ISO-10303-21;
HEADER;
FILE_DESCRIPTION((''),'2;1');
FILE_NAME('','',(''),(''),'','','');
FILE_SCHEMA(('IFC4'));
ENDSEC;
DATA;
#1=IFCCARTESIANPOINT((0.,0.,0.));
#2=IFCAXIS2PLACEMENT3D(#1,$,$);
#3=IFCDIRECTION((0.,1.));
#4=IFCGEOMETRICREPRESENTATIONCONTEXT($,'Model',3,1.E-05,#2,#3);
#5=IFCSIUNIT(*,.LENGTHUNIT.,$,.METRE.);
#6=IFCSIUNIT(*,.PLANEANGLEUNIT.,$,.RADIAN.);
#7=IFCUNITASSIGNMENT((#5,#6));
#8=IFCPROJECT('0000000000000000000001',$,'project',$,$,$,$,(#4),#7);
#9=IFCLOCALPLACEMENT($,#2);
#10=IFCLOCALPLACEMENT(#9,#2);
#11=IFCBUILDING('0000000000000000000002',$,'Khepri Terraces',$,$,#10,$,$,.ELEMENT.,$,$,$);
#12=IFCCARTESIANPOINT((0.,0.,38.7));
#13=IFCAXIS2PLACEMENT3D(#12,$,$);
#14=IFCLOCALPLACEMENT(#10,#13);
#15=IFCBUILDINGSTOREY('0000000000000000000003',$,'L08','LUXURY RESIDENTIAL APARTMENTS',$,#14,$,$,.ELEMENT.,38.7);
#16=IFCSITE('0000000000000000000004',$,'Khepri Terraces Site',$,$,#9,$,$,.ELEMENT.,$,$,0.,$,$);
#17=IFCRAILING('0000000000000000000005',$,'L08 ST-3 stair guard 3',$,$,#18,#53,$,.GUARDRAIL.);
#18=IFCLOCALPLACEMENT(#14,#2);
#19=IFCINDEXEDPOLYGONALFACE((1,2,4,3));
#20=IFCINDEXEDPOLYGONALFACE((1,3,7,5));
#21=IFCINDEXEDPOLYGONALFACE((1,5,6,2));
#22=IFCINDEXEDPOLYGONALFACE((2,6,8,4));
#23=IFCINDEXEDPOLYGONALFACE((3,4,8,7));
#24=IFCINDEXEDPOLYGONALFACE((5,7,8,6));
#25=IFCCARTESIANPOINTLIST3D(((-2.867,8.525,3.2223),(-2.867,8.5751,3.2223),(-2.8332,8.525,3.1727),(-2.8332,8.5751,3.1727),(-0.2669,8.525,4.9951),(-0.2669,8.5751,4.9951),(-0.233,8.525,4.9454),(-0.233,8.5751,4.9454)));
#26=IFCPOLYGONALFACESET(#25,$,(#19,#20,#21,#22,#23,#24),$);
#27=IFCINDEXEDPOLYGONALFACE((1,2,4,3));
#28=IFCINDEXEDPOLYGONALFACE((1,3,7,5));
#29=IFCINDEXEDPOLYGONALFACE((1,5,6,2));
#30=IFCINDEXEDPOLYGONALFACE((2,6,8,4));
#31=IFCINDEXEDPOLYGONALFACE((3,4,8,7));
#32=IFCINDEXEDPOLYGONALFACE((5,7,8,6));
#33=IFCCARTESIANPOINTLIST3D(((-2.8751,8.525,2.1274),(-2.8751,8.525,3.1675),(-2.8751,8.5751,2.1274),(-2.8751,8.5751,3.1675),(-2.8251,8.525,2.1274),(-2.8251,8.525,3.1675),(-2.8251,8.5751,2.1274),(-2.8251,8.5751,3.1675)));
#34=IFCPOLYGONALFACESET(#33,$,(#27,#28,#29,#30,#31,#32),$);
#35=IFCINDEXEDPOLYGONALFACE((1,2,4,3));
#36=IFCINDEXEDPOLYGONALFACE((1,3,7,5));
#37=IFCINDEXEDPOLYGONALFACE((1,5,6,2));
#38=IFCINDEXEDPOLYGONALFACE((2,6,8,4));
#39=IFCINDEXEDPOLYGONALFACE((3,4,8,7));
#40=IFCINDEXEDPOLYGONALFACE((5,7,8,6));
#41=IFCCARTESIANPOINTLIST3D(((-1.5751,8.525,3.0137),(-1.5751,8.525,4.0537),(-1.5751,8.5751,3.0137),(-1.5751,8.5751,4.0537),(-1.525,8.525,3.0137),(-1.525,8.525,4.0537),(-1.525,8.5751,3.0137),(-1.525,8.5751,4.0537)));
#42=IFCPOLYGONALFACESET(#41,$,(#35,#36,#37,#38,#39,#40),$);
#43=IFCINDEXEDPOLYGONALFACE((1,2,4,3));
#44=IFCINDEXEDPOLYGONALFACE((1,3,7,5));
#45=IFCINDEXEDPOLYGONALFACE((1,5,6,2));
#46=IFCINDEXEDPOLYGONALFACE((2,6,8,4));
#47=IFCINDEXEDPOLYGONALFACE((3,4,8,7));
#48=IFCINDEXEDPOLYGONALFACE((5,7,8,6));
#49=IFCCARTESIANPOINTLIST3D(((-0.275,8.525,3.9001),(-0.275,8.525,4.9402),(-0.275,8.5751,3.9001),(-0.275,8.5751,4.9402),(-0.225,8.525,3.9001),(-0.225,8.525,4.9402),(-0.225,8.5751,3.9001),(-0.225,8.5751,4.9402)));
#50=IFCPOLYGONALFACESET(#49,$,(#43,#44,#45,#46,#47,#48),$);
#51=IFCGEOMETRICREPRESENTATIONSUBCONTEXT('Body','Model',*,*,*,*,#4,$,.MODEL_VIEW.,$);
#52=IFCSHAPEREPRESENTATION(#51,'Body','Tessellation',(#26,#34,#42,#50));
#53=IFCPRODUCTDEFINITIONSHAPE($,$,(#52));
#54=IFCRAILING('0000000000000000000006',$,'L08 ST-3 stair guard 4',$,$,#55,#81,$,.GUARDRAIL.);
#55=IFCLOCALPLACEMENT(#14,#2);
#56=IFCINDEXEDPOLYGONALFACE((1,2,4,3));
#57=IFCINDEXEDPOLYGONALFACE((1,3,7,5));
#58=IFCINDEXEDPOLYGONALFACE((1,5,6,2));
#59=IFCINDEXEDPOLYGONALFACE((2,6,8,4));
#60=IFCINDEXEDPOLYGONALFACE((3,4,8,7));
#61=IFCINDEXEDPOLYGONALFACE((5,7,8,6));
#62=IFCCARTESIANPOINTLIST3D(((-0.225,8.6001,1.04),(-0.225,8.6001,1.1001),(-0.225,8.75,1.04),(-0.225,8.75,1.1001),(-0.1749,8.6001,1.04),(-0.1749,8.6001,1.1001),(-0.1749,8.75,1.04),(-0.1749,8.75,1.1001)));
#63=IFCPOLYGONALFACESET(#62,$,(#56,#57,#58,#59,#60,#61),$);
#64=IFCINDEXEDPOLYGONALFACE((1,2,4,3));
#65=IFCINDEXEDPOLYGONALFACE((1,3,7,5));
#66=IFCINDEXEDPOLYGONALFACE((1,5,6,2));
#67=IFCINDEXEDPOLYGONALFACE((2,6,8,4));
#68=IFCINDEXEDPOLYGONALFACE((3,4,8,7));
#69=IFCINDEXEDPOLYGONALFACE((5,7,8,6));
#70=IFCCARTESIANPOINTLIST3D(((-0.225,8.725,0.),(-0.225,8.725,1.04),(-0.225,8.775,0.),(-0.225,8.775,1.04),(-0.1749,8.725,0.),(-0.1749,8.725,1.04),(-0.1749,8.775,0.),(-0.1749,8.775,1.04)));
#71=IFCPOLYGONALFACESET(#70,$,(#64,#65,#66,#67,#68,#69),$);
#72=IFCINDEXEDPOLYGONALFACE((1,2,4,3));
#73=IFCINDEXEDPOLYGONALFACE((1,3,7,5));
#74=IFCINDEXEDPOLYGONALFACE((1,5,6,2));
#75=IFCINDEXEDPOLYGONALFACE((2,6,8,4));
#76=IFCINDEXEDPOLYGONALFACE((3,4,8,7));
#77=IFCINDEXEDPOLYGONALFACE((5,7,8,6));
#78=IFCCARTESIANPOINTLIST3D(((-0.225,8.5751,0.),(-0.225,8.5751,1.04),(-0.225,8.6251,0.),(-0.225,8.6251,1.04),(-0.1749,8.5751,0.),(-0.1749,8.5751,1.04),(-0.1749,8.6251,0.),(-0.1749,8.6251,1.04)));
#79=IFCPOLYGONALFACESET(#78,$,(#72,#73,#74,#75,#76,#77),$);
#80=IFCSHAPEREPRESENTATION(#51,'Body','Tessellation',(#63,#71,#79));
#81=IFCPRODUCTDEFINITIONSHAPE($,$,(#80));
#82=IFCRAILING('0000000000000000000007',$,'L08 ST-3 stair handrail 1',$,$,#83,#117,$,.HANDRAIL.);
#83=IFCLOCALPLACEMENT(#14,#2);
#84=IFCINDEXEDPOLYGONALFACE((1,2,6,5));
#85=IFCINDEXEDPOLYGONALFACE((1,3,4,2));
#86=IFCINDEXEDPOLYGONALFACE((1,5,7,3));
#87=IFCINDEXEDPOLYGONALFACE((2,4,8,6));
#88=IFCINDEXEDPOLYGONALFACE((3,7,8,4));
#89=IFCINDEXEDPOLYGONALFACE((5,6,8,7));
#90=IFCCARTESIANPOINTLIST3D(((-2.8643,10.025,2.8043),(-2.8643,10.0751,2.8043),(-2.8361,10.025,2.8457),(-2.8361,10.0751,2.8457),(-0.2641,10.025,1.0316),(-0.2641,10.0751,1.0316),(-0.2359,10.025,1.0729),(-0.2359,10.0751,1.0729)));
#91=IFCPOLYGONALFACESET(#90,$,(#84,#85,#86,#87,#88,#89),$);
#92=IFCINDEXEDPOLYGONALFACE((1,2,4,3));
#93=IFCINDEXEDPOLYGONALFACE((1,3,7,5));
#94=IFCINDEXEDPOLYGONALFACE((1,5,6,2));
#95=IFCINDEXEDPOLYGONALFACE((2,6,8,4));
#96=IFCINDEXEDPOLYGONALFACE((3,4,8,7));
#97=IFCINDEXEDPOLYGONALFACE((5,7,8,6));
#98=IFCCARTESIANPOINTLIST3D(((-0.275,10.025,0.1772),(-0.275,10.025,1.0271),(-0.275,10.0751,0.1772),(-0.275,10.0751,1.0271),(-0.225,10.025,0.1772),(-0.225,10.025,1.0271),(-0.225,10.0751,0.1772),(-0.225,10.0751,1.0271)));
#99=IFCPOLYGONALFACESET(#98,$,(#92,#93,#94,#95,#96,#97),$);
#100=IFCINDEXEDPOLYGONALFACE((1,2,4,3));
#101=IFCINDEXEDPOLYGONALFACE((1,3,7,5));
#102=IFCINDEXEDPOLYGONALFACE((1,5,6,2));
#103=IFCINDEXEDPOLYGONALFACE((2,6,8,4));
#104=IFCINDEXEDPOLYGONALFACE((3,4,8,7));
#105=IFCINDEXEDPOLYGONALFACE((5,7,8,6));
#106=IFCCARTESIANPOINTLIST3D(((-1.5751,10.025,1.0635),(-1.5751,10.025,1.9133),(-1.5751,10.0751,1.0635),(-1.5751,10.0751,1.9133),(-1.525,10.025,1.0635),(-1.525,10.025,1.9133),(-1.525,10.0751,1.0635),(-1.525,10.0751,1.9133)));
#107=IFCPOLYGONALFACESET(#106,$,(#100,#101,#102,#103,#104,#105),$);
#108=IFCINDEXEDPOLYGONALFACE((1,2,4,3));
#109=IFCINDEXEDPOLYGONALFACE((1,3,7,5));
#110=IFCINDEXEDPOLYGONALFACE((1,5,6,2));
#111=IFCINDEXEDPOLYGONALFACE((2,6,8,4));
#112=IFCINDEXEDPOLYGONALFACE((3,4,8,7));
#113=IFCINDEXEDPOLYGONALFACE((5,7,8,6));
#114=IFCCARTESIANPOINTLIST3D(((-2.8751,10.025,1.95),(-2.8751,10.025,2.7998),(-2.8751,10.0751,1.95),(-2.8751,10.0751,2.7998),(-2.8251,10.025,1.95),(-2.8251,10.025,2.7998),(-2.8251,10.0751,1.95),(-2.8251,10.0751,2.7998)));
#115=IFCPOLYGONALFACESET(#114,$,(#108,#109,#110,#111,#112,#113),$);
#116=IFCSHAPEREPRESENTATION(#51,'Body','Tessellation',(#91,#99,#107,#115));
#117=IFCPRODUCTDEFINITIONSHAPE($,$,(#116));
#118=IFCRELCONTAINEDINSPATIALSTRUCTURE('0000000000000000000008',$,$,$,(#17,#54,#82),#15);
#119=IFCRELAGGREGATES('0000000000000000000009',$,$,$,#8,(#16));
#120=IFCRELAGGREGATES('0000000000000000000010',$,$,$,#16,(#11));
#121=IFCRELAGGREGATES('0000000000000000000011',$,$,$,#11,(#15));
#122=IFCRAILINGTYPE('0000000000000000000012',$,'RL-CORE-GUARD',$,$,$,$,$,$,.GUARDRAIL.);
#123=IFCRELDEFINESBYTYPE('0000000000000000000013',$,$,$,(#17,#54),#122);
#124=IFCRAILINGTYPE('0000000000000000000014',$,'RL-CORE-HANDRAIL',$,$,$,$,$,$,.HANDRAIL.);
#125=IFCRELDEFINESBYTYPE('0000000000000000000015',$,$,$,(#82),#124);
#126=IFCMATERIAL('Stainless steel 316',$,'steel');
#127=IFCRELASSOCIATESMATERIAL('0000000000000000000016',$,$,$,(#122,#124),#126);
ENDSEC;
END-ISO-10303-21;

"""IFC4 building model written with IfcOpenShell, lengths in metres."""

from ifc_helpers import new_model, si_unit, direction, frame, origin, origin_2d, place, context, subcontext, project, spatial, rectangle, extrude, material, type_object, element, save


model = new_model("IFC4")

# Units and contexts
model_context = context("Model", 3, precision=1e-05, world=origin(), true_north=direction((0.0, 1.0)))
body_context = subcontext(model_context, "Body", "Model", "MODEL_VIEW")
ifc_project = project(units=[si_unit("LENGTHUNIT", "METRE"), si_unit("PLANEANGLEUNIT", "RADIAN")], contexts=[model_context])

# Site, building, storey
site_placement = place(None, origin())
site = spatial("IfcSite", under=ifc_project, at=site_placement, Name="Khepri Terraces Site", CompositionType="ELEMENT", RefElevation=0.0)
building_placement = place(site_placement, origin())
building = spatial("IfcBuilding", under=site, at=building_placement, Name="Khepri Terraces", CompositionType="ELEMENT")
storey_placement = place(building_placement, frame((0.0, 0.0, 38.7)))
storey = spatial("IfcBuildingStorey", under=building, at=storey_placement, Name="L08", Description="LUXURY RESIDENTIAL APARTMENTS", CompositionType="ELEMENT", Elevation=38.7)

# Railings
ifc_material_1 = material(Name="Stainless steel 316", Category="steel")
railing_type_1 = type_object("IfcRailingType", Name="RL-CORE-GUARD", PredefinedType="GUARDRAIL", material=ifc_material_1)
railing_1_placement = place(storey_placement, frame((-2.8501, 8.55, 2.1274)))
element("IfcRailing", 1, at=railing_1_placement, inside=storey, type_object=railing_type_1, Name="L08 ST-3 stair guard 3", PredefinedType="GUARDRAIL", context=body_context, shape_type="SweptSolid", body=[
    extrude(rectangle(XDim=0.05, YDim=0.0601, at=origin_2d()), frame((0.0, 0.0, 1.0701), z_axis=(0.82624, 0.0, 0.563318), x_axis=(0.0, 1.0, 0.0)), (0.0, 0.0, 1.0), 3.147),
    extrude(rectangle(XDim=0.05, YDim=0.05, at=origin_2d()), origin(), (0.0, 0.0, 1.0), 1.04),
    extrude(rectangle(XDim=0.05, YDim=0.05, at=origin_2d()), frame((1.3, 0.0, 0.8862)), (0.0, 0.0, 1.0), 1.04),
    extrude(rectangle(XDim=0.05, YDim=0.05, at=origin_2d()), frame((2.6001, 0.0, 1.7727)), (0.0, 0.0, 1.0), 1.04),
])
railing_2_placement = place(storey_placement, frame((-0.2, 8.75, 0.0)))
element("IfcRailing", 2, at=railing_2_placement, inside=storey, type_object=railing_type_1, Name="L08 ST-3 stair guard 4", PredefinedType="GUARDRAIL", context=body_context, shape_type="SweptSolid", body=[
    extrude(rectangle(XDim=0.05, YDim=0.0601, at=origin_2d()), frame((0.0, 0.0, 1.0701), z_axis=(0.0, -1.0, 0.0), x_axis=(1.0, 0.0, 0.0)), (0.0, 0.0, 1.0), 0.1499),
    extrude(rectangle(XDim=0.05, YDim=0.05, at=origin_2d()), origin(), (0.0, 0.0, 1.0), 1.04),
    extrude(rectangle(XDim=0.05, YDim=0.05, at=origin_2d()), frame((0.0, -0.1499, 0.0)), (0.0, 0.0, 1.0), 1.04),
])
railing_type_2 = type_object("IfcRailingType", Name="RL-CORE-HANDRAIL", PredefinedType="HANDRAIL", material=ifc_material_1)
railing_3_placement = place(storey_placement, frame((-0.25, 10.05, 0.1772)))
element("IfcRailing", 3, at=railing_3_placement, inside=storey, type_object=railing_type_2, Name="L08 ST-3 stair handrail 1", PredefinedType="HANDRAIL", context=body_context, shape_type="SweptSolid", body=[
    extrude(rectangle(XDim=0.05, YDim=0.05, at=origin_2d()), frame((0.0, 0.0, 0.875), z_axis=(-0.82624, 0.0, 0.563318), x_axis=(0.0, -1.0, 0.0)), (0.0, 0.0, 1.0), 3.147),
    extrude(rectangle(XDim=0.05, YDim=0.05, at=origin_2d()), origin(), (0.0, 0.0, 1.0), 0.8499),
    extrude(rectangle(XDim=0.05, YDim=0.05, at=origin_2d()), frame((-1.3, 0.0, 0.8862)), (0.0, 0.0, 1.0), 0.8499),
    extrude(rectangle(XDim=0.05, YDim=0.05, at=origin_2d()), frame((-2.6001, 0.0, 1.7727)), (0.0, 0.0, 1.0), 0.8499),
])

save(model, "model.ifc")
